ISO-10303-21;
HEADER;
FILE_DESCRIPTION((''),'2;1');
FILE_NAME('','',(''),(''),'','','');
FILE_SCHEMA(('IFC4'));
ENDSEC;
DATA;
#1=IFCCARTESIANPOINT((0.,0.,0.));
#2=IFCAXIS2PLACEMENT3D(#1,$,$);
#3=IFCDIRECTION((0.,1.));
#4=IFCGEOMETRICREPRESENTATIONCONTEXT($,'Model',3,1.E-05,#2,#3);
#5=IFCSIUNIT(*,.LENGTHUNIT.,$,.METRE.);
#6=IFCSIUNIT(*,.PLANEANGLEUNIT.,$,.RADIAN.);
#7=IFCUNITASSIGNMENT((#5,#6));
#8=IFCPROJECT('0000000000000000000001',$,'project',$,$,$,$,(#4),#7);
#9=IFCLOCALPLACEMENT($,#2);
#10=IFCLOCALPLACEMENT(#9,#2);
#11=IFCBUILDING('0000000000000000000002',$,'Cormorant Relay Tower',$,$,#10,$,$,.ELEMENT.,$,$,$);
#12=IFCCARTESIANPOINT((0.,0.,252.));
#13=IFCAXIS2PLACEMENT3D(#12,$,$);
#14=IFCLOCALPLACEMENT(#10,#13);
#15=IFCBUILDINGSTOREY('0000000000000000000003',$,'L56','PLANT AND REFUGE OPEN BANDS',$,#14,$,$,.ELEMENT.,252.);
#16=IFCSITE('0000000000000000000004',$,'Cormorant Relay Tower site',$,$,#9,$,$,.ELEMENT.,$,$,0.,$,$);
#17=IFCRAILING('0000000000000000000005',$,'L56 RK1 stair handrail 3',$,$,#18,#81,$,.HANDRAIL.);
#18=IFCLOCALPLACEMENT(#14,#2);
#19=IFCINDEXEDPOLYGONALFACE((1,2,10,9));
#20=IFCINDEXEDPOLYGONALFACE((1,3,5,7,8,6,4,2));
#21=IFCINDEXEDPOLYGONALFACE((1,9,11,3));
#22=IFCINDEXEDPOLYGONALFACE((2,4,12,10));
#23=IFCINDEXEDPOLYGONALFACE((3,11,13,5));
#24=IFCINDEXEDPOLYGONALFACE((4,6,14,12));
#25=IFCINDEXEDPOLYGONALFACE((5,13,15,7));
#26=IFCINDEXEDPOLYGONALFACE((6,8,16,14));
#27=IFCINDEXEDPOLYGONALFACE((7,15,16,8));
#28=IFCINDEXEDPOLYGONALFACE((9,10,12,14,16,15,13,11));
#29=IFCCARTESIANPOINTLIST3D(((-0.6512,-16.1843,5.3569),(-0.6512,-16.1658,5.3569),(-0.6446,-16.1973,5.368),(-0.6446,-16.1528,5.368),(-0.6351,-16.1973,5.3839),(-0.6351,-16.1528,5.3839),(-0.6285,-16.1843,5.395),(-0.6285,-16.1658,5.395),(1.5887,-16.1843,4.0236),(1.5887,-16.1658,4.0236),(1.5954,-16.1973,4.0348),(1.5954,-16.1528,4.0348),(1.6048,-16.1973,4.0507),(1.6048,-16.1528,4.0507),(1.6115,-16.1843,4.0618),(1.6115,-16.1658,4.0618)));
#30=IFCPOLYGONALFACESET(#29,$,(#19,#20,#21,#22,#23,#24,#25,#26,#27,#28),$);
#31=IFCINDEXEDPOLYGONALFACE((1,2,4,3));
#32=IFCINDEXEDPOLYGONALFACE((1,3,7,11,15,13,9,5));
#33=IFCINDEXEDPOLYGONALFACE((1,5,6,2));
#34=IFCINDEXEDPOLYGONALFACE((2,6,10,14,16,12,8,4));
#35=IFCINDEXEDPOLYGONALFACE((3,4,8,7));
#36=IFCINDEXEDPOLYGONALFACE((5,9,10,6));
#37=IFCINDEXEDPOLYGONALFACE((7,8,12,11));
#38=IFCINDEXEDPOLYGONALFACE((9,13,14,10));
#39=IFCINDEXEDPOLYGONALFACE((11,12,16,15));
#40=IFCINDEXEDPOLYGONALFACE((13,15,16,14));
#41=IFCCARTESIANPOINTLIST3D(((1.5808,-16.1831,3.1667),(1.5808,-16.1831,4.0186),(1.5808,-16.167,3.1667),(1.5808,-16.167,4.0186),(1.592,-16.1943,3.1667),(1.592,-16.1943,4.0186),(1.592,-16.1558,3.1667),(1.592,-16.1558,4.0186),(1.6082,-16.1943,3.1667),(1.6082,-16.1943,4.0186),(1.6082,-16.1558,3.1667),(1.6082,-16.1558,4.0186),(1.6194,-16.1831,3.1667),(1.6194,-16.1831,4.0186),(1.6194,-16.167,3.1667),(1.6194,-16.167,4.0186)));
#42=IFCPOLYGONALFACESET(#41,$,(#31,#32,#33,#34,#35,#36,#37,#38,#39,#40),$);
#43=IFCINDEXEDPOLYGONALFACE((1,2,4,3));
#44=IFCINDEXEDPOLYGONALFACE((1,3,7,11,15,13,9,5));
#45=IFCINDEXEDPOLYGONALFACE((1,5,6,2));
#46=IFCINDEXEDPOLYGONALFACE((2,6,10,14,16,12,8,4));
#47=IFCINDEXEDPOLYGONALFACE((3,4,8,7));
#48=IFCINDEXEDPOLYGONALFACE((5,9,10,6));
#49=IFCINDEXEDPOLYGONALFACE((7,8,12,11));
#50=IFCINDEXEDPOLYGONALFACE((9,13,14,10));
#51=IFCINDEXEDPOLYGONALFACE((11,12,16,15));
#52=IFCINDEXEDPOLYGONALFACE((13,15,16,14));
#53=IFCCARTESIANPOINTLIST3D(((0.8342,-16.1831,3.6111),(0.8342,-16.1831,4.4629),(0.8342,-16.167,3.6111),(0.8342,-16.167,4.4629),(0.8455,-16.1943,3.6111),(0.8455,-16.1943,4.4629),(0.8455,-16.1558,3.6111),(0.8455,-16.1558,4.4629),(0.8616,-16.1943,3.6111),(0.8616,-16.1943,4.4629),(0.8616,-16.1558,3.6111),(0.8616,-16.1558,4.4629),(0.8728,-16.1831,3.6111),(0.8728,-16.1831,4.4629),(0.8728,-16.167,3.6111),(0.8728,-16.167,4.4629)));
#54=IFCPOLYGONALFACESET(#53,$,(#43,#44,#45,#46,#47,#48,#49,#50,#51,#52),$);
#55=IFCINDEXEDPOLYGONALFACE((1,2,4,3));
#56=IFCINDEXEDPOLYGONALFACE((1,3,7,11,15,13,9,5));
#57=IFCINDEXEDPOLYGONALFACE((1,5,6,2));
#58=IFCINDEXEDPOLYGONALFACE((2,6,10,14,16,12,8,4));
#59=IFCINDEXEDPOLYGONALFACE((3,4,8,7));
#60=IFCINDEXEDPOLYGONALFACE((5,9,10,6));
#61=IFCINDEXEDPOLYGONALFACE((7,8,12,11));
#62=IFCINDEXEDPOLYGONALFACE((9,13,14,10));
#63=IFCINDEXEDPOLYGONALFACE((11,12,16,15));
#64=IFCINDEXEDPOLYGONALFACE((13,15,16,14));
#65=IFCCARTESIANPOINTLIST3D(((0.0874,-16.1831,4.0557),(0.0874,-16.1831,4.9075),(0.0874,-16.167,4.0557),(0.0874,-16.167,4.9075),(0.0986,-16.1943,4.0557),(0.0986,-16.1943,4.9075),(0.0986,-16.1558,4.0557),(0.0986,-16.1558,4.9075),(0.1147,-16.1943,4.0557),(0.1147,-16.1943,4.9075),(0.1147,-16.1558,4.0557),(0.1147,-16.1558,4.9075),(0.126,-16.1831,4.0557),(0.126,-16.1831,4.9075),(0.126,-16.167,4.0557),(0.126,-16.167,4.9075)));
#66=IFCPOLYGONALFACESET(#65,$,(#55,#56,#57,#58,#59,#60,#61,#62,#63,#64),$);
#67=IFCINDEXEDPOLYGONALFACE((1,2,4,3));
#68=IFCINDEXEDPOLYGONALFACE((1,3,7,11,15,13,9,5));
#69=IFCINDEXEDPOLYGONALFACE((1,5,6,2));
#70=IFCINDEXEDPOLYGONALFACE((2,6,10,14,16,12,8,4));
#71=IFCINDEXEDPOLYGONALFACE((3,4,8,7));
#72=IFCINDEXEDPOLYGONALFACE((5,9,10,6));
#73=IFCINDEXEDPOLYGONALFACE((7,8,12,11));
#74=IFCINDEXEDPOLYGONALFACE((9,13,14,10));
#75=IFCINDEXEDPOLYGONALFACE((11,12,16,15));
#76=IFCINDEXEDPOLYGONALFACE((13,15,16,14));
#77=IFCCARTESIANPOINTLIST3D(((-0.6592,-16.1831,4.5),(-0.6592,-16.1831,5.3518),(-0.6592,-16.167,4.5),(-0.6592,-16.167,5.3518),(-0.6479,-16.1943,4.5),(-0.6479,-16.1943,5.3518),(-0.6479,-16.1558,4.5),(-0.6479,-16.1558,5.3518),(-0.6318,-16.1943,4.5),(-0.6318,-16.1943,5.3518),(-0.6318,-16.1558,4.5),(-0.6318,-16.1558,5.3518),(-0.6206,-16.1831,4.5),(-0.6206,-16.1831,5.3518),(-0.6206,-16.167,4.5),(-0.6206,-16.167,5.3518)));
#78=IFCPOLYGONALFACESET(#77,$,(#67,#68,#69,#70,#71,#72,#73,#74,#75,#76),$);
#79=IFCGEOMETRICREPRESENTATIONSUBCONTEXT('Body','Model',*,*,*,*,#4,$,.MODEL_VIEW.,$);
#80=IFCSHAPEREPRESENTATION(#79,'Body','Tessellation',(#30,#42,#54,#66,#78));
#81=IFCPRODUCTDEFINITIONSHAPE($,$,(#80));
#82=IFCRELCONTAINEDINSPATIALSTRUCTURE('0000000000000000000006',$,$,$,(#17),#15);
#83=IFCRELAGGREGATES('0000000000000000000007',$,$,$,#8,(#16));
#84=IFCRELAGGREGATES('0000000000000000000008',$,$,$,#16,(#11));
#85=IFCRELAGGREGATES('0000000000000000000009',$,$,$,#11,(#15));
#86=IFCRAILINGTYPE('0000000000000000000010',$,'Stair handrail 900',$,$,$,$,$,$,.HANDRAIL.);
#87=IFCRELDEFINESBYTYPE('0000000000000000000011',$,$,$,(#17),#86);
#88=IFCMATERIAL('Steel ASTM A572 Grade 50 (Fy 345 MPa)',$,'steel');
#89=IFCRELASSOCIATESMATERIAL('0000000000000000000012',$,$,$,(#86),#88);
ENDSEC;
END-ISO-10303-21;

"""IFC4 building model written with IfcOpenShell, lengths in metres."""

from ifc_helpers import new_model, si_unit, direction, frame, origin, place, context, subcontext, project, spatial, polyline, outline, extrude, material, type_object, element, save


model = new_model("IFC4")

# Units and contexts
model_context = context("Model", 3, precision=1e-05, world=origin(), true_north=direction((0.0, 1.0)))
body_context = subcontext(model_context, "Body", "Model", "MODEL_VIEW")
ifc_project = project(units=[si_unit("LENGTHUNIT", "METRE"), si_unit("PLANEANGLEUNIT", "RADIAN")], contexts=[model_context])

# Site, building, storey
site_placement = place(None, origin())
site = spatial("IfcSite", under=ifc_project, at=site_placement, Name="Cormorant Relay Tower site", CompositionType="ELEMENT", RefElevation=0.0)
building_placement = place(site_placement, origin())
building = spatial("IfcBuilding", under=site, at=building_placement, Name="Cormorant Relay Tower", CompositionType="ELEMENT")
storey_placement = place(building_placement, frame((0.0, 0.0, 252.0)))
storey = spatial("IfcBuildingStorey", under=building, at=storey_placement, Name="L56", Description="PLANT AND REFUGE OPEN BANDS", CompositionType="ELEMENT", Elevation=252.0)

# Railing
ifc_material_1 = material(Name="Steel ASTM A572 Grade 50 (Fy 345 MPa)", Category="steel")
railing_type_1 = type_object("IfcRailingType", Name="Stair handrail 900", PredefinedType="HANDRAIL", material=ifc_material_1)
railing_1_placement = place(storey_placement, frame((1.6001, -16.175, 3.1667)))
element("IfcRailing", 1, at=railing_1_placement, inside=storey, type_object=railing_type_1, Name="L56 RK1 stair handrail 3", PredefinedType="HANDRAIL", context=body_context, shape_type="SweptSolid", body=[
    extrude(outline(polyline([(0.0222, 0.0093), (0.0093, 0.0222), (-0.0093, 0.0222), (-0.0222, 0.0093), (-0.0222, -0.0093), (-0.0093, -0.0222), (0.0093, -0.0222), (0.0222, -0.0093), (0.0222, 0.0093)])), frame((0.0, 0.0, 0.876), z_axis=(-0.859306, 0.0, 0.511462), x_axis=(0.0, -1.0, 0.0)), (0.0, 0.0, 1.0), 2.6067),
    extrude(outline(polyline([(0.0193, 0.0081), (0.0081, 0.0193), (-0.0081, 0.0193), (-0.0193, 0.0081), (-0.0193, -0.0081), (-0.0081, -0.0193), (0.0081, -0.0193), (0.0193, -0.0081), (0.0193, 0.0081)])), origin(), (0.0, 0.0, 1.0), 0.8518),
    extrude(outline(polyline([(0.0193, 0.0081), (0.0081, 0.0193), (-0.0081, 0.0193), (-0.0193, 0.0081), (-0.0193, -0.0081), (-0.0081, -0.0193), (0.0081, -0.0193), (0.0193, -0.0081), (0.0193, 0.0081)])), frame((-0.7466, 0.0, 0.4443)), (0.0, 0.0, 1.0), 0.8518),
    extrude(outline(polyline([(0.0193, 0.0081), (0.0081, 0.0193), (-0.0081, 0.0193), (-0.0193, 0.0081), (-0.0193, -0.0081), (-0.0081, -0.0193), (0.0081, -0.0193), (0.0193, -0.0081), (0.0193, 0.0081)])), frame((-1.4934, 0.0, 0.8889)), (0.0, 0.0, 1.0), 0.8518),
    extrude(outline(polyline([(0.0193, 0.0081), (0.0081, 0.0193), (-0.0081, 0.0193), (-0.0193, 0.0081), (-0.0193, -0.0081), (-0.0081, -0.0193), (0.0081, -0.0193), (0.0193, -0.0081), (0.0193, 0.0081)])), frame((-2.24, 0.0, 1.3333)), (0.0, 0.0, 1.0), 0.8518),
])

save(model, "model.ifc")
